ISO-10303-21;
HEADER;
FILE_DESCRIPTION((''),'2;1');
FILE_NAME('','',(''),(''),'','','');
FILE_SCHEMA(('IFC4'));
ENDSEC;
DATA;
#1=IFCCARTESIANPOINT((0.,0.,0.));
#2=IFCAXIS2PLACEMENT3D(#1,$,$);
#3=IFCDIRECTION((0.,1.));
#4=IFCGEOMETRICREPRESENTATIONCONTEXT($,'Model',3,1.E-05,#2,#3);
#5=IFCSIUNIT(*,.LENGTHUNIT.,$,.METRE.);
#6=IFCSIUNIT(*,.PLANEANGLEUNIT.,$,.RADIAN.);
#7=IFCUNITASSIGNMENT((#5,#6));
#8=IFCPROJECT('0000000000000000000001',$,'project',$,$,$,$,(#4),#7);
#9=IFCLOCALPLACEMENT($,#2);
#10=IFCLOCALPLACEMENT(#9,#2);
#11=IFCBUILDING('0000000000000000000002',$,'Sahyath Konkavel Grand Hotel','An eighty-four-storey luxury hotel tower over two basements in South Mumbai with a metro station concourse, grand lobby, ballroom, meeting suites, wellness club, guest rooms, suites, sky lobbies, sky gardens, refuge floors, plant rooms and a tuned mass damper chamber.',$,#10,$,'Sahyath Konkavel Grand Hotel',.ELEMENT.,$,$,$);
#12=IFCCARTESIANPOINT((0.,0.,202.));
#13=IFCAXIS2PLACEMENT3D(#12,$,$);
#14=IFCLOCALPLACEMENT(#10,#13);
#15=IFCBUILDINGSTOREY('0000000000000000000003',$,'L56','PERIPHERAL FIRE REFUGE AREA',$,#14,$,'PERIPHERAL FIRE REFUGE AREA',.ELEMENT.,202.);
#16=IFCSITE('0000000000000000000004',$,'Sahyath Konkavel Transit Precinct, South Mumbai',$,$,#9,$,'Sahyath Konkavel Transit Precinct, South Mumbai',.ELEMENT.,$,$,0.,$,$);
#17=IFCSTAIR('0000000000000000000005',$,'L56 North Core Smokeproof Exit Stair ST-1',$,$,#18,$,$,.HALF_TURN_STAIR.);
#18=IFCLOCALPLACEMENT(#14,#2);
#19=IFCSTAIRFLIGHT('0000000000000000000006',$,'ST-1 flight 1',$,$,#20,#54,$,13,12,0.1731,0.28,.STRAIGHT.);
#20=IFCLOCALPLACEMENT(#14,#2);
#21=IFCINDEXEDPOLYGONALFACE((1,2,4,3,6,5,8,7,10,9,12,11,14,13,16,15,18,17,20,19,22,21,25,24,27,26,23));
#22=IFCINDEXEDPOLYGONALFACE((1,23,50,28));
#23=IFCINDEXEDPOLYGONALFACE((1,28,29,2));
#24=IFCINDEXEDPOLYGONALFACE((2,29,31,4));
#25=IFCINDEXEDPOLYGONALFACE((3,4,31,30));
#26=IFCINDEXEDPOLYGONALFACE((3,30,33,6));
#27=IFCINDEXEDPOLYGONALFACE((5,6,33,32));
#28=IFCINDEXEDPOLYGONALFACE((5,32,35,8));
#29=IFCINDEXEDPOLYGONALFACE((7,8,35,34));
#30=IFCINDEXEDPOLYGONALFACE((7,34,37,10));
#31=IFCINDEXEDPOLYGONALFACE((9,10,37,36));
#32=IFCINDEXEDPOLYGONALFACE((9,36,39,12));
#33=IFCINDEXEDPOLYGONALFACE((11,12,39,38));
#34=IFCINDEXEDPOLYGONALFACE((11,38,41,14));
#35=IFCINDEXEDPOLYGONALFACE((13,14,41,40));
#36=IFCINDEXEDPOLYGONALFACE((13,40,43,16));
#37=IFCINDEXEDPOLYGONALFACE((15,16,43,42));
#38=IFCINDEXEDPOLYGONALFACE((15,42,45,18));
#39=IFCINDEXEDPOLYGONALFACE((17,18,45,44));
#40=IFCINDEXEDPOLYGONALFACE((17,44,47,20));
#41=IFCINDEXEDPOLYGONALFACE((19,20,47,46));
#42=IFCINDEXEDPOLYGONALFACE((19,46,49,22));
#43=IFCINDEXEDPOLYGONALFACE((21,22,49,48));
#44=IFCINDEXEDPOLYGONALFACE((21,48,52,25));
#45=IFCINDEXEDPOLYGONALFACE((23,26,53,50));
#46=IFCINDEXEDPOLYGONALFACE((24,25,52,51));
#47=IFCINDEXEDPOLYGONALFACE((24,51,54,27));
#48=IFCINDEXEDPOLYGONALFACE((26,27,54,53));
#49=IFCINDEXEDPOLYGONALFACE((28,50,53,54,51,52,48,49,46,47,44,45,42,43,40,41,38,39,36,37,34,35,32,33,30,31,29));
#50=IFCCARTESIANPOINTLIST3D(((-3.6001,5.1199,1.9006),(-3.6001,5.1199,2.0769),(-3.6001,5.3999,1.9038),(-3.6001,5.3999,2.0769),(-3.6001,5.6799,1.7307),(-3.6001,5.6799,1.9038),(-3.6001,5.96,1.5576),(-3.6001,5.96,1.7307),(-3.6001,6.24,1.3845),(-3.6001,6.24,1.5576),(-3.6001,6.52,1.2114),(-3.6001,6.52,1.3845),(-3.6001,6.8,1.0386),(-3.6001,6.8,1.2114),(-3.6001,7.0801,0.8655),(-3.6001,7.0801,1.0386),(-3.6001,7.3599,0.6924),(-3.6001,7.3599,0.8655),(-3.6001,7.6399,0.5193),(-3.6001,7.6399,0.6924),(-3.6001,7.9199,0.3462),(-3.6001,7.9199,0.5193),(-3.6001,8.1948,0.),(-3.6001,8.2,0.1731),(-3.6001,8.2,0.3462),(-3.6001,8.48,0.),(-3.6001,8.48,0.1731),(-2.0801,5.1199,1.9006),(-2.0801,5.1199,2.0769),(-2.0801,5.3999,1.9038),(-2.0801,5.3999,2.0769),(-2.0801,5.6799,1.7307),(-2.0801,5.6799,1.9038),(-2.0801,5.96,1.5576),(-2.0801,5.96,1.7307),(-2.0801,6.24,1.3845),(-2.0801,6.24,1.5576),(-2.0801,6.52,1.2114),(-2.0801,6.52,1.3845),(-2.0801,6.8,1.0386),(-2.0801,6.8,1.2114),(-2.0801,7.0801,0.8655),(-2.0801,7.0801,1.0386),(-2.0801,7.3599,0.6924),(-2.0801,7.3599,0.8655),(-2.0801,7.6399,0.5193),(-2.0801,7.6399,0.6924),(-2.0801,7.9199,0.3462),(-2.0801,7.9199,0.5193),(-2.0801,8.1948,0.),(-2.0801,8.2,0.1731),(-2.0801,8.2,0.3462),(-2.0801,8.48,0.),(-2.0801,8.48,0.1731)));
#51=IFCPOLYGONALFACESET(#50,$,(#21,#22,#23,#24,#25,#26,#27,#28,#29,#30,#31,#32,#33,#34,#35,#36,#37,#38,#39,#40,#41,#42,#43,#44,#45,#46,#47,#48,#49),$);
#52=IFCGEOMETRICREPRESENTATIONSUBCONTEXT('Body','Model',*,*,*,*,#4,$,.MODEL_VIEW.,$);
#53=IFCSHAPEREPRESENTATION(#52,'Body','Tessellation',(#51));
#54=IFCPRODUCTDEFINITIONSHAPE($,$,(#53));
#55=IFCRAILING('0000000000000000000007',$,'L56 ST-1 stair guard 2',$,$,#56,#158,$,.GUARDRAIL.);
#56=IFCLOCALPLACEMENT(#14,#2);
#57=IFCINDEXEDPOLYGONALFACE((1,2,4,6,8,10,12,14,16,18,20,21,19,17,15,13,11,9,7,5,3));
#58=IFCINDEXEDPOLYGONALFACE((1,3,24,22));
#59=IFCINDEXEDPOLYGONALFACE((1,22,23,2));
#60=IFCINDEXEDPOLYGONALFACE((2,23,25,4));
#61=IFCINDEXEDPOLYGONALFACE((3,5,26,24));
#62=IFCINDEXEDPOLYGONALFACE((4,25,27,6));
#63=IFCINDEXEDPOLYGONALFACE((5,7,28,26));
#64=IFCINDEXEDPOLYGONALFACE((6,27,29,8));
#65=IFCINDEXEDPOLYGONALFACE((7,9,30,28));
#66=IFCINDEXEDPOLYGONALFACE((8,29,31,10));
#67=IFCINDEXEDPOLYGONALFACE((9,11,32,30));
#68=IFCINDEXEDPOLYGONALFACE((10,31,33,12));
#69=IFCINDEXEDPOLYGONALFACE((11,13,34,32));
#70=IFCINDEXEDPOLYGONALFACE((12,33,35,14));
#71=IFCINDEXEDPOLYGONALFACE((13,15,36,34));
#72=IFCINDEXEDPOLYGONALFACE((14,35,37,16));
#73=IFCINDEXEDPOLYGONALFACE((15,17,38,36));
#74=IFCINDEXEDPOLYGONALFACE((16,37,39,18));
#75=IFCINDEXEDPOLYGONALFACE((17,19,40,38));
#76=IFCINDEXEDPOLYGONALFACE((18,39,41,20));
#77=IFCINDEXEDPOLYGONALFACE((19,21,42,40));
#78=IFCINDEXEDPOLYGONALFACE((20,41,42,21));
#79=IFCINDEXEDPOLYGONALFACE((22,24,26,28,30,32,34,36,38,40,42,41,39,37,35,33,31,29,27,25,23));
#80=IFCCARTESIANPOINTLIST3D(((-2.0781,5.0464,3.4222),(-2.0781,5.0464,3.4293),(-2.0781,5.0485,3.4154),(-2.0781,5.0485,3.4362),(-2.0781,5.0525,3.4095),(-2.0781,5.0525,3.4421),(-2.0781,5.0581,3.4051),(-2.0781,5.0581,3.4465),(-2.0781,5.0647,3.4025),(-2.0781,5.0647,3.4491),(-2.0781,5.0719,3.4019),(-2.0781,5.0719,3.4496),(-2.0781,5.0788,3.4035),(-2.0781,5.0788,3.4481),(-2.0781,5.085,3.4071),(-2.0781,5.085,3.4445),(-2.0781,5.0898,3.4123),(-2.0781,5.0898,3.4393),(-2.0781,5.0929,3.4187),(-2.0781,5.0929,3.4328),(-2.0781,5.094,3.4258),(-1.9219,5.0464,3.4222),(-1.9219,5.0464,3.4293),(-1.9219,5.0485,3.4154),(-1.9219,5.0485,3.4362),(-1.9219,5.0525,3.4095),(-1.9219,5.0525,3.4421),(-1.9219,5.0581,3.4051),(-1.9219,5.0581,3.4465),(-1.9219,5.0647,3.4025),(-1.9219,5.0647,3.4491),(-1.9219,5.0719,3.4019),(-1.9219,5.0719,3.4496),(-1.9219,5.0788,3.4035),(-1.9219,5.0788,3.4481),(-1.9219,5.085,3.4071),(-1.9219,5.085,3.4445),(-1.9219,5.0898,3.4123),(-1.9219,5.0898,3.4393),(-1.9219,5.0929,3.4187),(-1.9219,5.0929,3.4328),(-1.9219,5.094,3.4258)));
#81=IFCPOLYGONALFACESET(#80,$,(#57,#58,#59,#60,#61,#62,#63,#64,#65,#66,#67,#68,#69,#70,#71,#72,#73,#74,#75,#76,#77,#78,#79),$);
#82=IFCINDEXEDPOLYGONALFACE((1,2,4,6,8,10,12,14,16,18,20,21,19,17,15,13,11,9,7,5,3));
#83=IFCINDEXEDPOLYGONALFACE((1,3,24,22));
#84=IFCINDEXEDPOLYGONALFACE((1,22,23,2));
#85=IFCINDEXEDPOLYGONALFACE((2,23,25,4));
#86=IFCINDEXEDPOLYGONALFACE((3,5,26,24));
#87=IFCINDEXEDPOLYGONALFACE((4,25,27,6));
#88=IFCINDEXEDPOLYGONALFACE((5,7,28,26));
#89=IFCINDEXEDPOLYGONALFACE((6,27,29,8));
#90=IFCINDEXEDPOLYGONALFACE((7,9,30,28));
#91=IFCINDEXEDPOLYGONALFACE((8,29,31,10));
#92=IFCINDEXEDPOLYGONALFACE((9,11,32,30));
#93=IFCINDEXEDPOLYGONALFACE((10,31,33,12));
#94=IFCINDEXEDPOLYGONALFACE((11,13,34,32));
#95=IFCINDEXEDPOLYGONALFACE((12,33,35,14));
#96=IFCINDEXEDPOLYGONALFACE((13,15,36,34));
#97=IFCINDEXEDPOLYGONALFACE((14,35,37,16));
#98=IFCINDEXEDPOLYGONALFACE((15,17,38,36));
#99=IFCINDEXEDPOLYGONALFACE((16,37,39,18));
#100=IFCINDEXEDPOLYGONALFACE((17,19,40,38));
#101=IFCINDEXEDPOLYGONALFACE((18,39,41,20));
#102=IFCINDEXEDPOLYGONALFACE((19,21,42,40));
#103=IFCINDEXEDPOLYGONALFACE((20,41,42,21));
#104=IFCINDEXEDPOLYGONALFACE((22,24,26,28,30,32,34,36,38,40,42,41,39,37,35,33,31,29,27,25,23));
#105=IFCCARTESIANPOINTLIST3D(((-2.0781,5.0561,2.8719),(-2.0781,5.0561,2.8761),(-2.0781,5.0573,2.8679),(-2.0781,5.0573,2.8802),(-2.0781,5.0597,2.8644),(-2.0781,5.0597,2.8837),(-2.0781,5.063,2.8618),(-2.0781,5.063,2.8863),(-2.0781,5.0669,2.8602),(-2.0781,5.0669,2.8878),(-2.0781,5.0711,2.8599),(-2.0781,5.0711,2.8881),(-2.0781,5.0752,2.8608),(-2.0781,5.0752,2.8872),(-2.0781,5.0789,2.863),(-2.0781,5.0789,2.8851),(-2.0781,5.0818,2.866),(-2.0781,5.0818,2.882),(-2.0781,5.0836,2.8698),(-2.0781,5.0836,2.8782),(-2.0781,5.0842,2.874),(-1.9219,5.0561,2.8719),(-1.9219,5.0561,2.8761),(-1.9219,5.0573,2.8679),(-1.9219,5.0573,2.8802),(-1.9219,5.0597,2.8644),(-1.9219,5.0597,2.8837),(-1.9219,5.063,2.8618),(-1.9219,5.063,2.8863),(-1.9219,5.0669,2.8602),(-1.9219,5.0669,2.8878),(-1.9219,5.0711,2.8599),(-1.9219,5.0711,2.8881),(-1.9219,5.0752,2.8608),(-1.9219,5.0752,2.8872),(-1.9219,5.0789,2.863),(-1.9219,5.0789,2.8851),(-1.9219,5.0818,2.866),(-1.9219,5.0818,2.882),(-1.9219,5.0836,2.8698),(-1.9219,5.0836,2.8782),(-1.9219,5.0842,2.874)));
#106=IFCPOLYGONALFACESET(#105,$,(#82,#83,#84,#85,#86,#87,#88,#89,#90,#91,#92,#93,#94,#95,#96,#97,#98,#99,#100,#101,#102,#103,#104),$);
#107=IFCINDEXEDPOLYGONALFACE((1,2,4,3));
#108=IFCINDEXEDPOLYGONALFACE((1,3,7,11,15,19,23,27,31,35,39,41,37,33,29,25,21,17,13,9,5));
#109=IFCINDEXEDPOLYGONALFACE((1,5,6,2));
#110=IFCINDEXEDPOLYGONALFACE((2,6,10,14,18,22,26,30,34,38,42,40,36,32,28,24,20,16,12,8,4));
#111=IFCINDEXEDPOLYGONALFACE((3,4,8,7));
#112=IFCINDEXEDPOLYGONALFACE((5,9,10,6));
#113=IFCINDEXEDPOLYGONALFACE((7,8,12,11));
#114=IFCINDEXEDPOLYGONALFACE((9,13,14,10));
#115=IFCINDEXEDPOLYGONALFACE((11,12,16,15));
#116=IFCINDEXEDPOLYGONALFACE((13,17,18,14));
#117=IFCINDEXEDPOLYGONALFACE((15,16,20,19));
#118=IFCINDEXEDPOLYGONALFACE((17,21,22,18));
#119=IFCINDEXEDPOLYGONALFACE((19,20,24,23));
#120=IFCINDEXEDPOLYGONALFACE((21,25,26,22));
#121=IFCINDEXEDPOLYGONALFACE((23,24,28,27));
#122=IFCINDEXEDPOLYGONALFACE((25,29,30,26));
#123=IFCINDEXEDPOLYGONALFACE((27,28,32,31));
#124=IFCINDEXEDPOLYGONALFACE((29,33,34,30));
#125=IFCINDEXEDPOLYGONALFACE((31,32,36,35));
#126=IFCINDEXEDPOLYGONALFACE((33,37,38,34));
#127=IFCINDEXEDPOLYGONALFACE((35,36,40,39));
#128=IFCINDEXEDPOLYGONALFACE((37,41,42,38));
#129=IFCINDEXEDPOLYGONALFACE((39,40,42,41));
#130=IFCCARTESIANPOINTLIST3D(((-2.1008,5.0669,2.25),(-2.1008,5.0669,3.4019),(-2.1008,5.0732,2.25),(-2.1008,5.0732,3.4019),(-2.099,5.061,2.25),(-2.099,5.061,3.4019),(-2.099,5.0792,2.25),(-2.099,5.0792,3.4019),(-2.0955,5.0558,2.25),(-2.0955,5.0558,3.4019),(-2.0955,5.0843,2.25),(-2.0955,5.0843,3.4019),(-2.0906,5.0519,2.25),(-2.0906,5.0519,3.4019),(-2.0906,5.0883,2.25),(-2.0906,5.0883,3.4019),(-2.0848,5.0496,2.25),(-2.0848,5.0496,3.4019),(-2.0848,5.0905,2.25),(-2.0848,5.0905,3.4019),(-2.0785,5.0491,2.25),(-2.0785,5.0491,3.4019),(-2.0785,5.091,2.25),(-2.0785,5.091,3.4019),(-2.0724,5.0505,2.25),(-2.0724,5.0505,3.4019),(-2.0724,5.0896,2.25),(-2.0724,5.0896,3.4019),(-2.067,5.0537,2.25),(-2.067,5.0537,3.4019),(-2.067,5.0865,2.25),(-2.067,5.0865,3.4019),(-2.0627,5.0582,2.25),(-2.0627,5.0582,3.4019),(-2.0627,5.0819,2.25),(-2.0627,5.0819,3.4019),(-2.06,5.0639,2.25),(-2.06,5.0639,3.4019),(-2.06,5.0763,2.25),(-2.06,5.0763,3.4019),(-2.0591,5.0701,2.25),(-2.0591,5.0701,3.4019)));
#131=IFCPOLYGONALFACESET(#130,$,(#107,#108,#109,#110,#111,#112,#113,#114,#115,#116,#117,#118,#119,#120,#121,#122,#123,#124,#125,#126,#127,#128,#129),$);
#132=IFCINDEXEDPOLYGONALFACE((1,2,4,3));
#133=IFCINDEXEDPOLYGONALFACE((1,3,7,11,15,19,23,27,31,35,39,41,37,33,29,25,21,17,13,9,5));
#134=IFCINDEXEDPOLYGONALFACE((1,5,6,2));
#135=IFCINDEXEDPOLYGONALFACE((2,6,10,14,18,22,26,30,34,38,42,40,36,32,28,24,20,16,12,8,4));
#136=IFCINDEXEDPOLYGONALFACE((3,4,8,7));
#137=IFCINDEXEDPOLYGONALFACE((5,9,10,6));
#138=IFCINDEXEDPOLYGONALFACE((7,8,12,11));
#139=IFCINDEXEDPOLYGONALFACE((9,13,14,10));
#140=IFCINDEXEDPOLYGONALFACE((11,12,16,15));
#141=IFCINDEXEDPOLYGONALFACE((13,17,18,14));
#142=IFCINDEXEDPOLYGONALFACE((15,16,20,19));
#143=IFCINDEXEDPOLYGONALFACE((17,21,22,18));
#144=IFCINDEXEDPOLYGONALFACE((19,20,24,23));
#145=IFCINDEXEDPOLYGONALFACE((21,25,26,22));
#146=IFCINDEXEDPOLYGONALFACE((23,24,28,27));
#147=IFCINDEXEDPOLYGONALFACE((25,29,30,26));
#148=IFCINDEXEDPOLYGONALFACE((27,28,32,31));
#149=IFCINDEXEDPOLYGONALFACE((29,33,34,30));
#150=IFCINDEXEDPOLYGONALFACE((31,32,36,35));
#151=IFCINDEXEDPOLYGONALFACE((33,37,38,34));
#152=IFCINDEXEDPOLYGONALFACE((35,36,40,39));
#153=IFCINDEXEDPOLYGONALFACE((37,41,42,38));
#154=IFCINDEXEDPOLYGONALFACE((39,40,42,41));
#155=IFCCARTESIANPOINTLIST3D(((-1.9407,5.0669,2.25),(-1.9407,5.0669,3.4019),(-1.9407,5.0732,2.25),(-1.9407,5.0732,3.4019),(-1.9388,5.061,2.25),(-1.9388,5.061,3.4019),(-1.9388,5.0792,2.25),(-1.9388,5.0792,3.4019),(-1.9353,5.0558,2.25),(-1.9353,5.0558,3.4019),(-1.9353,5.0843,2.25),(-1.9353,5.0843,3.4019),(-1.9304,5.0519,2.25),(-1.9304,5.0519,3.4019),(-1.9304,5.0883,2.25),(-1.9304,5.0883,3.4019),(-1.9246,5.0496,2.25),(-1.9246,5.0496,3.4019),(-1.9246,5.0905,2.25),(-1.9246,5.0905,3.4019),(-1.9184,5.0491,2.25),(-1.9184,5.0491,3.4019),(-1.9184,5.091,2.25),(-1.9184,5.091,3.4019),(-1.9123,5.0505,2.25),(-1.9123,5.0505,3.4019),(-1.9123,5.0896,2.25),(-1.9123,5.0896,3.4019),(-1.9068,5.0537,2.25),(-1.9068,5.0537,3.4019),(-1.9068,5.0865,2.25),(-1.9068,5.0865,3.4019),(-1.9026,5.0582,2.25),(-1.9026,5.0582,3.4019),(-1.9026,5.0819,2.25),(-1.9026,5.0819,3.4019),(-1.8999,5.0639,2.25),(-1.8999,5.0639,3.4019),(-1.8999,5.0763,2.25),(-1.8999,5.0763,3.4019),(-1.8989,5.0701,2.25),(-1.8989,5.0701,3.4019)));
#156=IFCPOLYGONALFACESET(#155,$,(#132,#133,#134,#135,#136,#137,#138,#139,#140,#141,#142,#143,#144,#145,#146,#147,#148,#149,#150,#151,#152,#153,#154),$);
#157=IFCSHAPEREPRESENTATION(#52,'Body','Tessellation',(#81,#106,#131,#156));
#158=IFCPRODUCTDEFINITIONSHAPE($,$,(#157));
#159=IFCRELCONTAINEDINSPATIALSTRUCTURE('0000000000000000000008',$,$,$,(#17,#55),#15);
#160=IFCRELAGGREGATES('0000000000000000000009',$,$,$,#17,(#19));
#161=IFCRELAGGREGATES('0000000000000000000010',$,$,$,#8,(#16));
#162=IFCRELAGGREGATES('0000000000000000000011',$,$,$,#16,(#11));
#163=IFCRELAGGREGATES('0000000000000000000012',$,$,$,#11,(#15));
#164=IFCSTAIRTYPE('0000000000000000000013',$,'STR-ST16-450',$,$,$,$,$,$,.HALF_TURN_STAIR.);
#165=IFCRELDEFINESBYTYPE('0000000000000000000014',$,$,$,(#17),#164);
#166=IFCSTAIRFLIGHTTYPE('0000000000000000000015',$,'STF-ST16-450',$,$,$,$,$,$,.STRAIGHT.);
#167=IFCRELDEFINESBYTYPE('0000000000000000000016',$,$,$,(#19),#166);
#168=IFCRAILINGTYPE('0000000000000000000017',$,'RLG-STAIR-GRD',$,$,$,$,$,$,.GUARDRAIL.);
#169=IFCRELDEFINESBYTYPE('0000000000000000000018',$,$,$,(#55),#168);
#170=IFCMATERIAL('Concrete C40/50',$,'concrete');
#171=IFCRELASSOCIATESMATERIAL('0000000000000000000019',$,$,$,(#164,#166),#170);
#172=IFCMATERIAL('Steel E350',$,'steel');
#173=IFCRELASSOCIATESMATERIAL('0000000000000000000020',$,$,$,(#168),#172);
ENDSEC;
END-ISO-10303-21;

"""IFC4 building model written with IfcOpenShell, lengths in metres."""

from ifc_helpers import new_model, si_unit, direction, frame, origin, origin_2d, place, context, subcontext, project, spatial, polyline, circle, outline, extrude, material, type_object, element, aggregate, save


model = new_model("IFC4")

# Units and contexts
model_context = context("Model", 3, precision=1e-05, world=origin(), true_north=direction((0.0, 1.0)))
body_context = subcontext(model_context, "Body", "Model", "MODEL_VIEW")
ifc_project = project(units=[si_unit("LENGTHUNIT", "METRE"), si_unit("PLANEANGLEUNIT", "RADIAN")], contexts=[model_context])

# Site, building, storey
site_placement = place(None, origin())
site = spatial("IfcSite", under=ifc_project, at=site_placement, Name="Sahyath Konkavel Transit Precinct, South Mumbai", LongName="Sahyath Konkavel Transit Precinct, South Mumbai", CompositionType="ELEMENT", RefElevation=0.0)
building_placement = place(site_placement, origin())
building = spatial("IfcBuilding", under=site, at=building_placement, Name="Sahyath Konkavel Grand Hotel", Description="An eighty-four-storey luxury hotel tower over two basements in South Mumbai with a metro station concourse, grand lobby, ballroom, meeting suites, wellness club, guest rooms, suites, sky lobbies, sky gardens, refuge floors, plant rooms and a tuned mass damper chamber.", LongName="Sahyath Konkavel Grand Hotel", CompositionType="ELEMENT")
storey_placement = place(building_placement, frame((0.0, 0.0, 202.0)))
storey = spatial("IfcBuildingStorey", under=building, at=storey_placement, Name="L56", Description="PERIPHERAL FIRE REFUGE AREA", LongName="PERIPHERAL FIRE REFUGE AREA", CompositionType="ELEMENT", Elevation=202.0)

# Shared definitions
ifc_material_1 = material(Name="Steel E350", Category="steel")

# Shared definitions
ifc_material_2 = material(Name="Concrete C40/50", Category="concrete")

# Stair, stair flight
stair_type = type_object("IfcStairType", Name="STR-ST16-450", PredefinedType="HALF_TURN_STAIR", material=ifc_material_2)
stair_placement = place(storey_placement, origin())
stair = element("IfcStair", 1, at=stair_placement, inside=storey, type_object=stair_type, Name="L56 North Core Smokeproof Exit Stair ST-1", PredefinedType="HALF_TURN_STAIR")
stair_flight_type = type_object("IfcStairFlightType", Name="STF-ST16-450", PredefinedType="STRAIGHT", material=ifc_material_2)
stair_flight_placement = place(storey_placement, frame((-2.8401, 8.48, 0.0), z_axis=(0.0, 0.0, 1.0), x_axis=(0.0, -1.0, 0.0)))
stair_flight = element("IfcStairFlight", 2, at=stair_flight_placement, type_object=stair_flight_type, Name="ST-1 flight 1", NumberOfRisers=13, NumberOfTreads=12, PredefinedType="STRAIGHT", RiserHeight=0.1731, TreadLength=0.28, context=body_context, shape_type="SweptSolid", body=[
    extrude(outline(polyline([(0.0, 0.0), (0.0, 0.1731), (0.28, 0.1731), (0.28, 0.3462), (0.5601, 0.3462), (0.5601, 0.5193), (0.8401, 0.5193), (0.8401, 0.6924), (1.1201, 0.6924), (1.1201, 0.8655), (1.3999, 0.8655), (1.3999, 1.0386), (1.6799, 1.0386), (1.6799, 1.2114), (1.96, 1.2114), (1.96, 1.3845), (2.24, 1.3845), (2.24, 1.5576), (2.52, 1.5576), (2.52, 1.7307), (2.8, 1.7307), (2.8, 1.9038), (3.0801, 1.9038), (3.0801, 2.0769), (3.3601, 2.0769), (3.3601, 2.25), (3.3601, 1.9006), (0.2852, 0.0), (0.0, 0.0)])), frame((0.0, 0.76, 0.0), z_axis=(0.0, -1.0, 0.0), x_axis=(1.0, 0.0, 0.0)), (0.0, 0.0, 1.0), 1.52),
])
aggregate(stair, [stair_flight])

# Railing
railing_type_1 = type_object("IfcRailingType", Name="RLG-STAIR-GRD", PredefinedType="GUARDRAIL", material=ifc_material_1)
railing_1_placement = place(storey_placement, frame((-2.0801, 5.0701, 2.25)))
element("IfcRailing", 3, at=railing_1_placement, inside=storey, type_object=railing_type_1, Name="L56 ST-1 stair guard 2", PredefinedType="GUARDRAIL", context=body_context, shape_type="SweptSolid", body=[
    extrude(circle(Radius=0.0239, at=origin_2d()), frame((0.002, 0.0, 1.1758), z_axis=(1.0, 0.0, 0.0), x_axis=(0.0, 1.0, 0.0)), (0.0, 0.0, 1.0), 0.1562),
    extrude(circle(Radius=0.0142, at=origin_2d()), frame((0.002, 0.0, 0.624), z_axis=(1.0, 0.0, 0.0), x_axis=(0.0, 1.0, 0.0)), (0.0, 0.0, 1.0), 0.1562),
    extrude(circle(Radius=0.021, at=origin_2d()), origin(), (0.0, 0.0, 1.0), 1.1519),
    extrude(circle(Radius=0.021, at=origin_2d()), frame((0.1602, 0.0, 0.0)), (0.0, 0.0, 1.0), 1.1519),
])

save(model, "model.ifc")
